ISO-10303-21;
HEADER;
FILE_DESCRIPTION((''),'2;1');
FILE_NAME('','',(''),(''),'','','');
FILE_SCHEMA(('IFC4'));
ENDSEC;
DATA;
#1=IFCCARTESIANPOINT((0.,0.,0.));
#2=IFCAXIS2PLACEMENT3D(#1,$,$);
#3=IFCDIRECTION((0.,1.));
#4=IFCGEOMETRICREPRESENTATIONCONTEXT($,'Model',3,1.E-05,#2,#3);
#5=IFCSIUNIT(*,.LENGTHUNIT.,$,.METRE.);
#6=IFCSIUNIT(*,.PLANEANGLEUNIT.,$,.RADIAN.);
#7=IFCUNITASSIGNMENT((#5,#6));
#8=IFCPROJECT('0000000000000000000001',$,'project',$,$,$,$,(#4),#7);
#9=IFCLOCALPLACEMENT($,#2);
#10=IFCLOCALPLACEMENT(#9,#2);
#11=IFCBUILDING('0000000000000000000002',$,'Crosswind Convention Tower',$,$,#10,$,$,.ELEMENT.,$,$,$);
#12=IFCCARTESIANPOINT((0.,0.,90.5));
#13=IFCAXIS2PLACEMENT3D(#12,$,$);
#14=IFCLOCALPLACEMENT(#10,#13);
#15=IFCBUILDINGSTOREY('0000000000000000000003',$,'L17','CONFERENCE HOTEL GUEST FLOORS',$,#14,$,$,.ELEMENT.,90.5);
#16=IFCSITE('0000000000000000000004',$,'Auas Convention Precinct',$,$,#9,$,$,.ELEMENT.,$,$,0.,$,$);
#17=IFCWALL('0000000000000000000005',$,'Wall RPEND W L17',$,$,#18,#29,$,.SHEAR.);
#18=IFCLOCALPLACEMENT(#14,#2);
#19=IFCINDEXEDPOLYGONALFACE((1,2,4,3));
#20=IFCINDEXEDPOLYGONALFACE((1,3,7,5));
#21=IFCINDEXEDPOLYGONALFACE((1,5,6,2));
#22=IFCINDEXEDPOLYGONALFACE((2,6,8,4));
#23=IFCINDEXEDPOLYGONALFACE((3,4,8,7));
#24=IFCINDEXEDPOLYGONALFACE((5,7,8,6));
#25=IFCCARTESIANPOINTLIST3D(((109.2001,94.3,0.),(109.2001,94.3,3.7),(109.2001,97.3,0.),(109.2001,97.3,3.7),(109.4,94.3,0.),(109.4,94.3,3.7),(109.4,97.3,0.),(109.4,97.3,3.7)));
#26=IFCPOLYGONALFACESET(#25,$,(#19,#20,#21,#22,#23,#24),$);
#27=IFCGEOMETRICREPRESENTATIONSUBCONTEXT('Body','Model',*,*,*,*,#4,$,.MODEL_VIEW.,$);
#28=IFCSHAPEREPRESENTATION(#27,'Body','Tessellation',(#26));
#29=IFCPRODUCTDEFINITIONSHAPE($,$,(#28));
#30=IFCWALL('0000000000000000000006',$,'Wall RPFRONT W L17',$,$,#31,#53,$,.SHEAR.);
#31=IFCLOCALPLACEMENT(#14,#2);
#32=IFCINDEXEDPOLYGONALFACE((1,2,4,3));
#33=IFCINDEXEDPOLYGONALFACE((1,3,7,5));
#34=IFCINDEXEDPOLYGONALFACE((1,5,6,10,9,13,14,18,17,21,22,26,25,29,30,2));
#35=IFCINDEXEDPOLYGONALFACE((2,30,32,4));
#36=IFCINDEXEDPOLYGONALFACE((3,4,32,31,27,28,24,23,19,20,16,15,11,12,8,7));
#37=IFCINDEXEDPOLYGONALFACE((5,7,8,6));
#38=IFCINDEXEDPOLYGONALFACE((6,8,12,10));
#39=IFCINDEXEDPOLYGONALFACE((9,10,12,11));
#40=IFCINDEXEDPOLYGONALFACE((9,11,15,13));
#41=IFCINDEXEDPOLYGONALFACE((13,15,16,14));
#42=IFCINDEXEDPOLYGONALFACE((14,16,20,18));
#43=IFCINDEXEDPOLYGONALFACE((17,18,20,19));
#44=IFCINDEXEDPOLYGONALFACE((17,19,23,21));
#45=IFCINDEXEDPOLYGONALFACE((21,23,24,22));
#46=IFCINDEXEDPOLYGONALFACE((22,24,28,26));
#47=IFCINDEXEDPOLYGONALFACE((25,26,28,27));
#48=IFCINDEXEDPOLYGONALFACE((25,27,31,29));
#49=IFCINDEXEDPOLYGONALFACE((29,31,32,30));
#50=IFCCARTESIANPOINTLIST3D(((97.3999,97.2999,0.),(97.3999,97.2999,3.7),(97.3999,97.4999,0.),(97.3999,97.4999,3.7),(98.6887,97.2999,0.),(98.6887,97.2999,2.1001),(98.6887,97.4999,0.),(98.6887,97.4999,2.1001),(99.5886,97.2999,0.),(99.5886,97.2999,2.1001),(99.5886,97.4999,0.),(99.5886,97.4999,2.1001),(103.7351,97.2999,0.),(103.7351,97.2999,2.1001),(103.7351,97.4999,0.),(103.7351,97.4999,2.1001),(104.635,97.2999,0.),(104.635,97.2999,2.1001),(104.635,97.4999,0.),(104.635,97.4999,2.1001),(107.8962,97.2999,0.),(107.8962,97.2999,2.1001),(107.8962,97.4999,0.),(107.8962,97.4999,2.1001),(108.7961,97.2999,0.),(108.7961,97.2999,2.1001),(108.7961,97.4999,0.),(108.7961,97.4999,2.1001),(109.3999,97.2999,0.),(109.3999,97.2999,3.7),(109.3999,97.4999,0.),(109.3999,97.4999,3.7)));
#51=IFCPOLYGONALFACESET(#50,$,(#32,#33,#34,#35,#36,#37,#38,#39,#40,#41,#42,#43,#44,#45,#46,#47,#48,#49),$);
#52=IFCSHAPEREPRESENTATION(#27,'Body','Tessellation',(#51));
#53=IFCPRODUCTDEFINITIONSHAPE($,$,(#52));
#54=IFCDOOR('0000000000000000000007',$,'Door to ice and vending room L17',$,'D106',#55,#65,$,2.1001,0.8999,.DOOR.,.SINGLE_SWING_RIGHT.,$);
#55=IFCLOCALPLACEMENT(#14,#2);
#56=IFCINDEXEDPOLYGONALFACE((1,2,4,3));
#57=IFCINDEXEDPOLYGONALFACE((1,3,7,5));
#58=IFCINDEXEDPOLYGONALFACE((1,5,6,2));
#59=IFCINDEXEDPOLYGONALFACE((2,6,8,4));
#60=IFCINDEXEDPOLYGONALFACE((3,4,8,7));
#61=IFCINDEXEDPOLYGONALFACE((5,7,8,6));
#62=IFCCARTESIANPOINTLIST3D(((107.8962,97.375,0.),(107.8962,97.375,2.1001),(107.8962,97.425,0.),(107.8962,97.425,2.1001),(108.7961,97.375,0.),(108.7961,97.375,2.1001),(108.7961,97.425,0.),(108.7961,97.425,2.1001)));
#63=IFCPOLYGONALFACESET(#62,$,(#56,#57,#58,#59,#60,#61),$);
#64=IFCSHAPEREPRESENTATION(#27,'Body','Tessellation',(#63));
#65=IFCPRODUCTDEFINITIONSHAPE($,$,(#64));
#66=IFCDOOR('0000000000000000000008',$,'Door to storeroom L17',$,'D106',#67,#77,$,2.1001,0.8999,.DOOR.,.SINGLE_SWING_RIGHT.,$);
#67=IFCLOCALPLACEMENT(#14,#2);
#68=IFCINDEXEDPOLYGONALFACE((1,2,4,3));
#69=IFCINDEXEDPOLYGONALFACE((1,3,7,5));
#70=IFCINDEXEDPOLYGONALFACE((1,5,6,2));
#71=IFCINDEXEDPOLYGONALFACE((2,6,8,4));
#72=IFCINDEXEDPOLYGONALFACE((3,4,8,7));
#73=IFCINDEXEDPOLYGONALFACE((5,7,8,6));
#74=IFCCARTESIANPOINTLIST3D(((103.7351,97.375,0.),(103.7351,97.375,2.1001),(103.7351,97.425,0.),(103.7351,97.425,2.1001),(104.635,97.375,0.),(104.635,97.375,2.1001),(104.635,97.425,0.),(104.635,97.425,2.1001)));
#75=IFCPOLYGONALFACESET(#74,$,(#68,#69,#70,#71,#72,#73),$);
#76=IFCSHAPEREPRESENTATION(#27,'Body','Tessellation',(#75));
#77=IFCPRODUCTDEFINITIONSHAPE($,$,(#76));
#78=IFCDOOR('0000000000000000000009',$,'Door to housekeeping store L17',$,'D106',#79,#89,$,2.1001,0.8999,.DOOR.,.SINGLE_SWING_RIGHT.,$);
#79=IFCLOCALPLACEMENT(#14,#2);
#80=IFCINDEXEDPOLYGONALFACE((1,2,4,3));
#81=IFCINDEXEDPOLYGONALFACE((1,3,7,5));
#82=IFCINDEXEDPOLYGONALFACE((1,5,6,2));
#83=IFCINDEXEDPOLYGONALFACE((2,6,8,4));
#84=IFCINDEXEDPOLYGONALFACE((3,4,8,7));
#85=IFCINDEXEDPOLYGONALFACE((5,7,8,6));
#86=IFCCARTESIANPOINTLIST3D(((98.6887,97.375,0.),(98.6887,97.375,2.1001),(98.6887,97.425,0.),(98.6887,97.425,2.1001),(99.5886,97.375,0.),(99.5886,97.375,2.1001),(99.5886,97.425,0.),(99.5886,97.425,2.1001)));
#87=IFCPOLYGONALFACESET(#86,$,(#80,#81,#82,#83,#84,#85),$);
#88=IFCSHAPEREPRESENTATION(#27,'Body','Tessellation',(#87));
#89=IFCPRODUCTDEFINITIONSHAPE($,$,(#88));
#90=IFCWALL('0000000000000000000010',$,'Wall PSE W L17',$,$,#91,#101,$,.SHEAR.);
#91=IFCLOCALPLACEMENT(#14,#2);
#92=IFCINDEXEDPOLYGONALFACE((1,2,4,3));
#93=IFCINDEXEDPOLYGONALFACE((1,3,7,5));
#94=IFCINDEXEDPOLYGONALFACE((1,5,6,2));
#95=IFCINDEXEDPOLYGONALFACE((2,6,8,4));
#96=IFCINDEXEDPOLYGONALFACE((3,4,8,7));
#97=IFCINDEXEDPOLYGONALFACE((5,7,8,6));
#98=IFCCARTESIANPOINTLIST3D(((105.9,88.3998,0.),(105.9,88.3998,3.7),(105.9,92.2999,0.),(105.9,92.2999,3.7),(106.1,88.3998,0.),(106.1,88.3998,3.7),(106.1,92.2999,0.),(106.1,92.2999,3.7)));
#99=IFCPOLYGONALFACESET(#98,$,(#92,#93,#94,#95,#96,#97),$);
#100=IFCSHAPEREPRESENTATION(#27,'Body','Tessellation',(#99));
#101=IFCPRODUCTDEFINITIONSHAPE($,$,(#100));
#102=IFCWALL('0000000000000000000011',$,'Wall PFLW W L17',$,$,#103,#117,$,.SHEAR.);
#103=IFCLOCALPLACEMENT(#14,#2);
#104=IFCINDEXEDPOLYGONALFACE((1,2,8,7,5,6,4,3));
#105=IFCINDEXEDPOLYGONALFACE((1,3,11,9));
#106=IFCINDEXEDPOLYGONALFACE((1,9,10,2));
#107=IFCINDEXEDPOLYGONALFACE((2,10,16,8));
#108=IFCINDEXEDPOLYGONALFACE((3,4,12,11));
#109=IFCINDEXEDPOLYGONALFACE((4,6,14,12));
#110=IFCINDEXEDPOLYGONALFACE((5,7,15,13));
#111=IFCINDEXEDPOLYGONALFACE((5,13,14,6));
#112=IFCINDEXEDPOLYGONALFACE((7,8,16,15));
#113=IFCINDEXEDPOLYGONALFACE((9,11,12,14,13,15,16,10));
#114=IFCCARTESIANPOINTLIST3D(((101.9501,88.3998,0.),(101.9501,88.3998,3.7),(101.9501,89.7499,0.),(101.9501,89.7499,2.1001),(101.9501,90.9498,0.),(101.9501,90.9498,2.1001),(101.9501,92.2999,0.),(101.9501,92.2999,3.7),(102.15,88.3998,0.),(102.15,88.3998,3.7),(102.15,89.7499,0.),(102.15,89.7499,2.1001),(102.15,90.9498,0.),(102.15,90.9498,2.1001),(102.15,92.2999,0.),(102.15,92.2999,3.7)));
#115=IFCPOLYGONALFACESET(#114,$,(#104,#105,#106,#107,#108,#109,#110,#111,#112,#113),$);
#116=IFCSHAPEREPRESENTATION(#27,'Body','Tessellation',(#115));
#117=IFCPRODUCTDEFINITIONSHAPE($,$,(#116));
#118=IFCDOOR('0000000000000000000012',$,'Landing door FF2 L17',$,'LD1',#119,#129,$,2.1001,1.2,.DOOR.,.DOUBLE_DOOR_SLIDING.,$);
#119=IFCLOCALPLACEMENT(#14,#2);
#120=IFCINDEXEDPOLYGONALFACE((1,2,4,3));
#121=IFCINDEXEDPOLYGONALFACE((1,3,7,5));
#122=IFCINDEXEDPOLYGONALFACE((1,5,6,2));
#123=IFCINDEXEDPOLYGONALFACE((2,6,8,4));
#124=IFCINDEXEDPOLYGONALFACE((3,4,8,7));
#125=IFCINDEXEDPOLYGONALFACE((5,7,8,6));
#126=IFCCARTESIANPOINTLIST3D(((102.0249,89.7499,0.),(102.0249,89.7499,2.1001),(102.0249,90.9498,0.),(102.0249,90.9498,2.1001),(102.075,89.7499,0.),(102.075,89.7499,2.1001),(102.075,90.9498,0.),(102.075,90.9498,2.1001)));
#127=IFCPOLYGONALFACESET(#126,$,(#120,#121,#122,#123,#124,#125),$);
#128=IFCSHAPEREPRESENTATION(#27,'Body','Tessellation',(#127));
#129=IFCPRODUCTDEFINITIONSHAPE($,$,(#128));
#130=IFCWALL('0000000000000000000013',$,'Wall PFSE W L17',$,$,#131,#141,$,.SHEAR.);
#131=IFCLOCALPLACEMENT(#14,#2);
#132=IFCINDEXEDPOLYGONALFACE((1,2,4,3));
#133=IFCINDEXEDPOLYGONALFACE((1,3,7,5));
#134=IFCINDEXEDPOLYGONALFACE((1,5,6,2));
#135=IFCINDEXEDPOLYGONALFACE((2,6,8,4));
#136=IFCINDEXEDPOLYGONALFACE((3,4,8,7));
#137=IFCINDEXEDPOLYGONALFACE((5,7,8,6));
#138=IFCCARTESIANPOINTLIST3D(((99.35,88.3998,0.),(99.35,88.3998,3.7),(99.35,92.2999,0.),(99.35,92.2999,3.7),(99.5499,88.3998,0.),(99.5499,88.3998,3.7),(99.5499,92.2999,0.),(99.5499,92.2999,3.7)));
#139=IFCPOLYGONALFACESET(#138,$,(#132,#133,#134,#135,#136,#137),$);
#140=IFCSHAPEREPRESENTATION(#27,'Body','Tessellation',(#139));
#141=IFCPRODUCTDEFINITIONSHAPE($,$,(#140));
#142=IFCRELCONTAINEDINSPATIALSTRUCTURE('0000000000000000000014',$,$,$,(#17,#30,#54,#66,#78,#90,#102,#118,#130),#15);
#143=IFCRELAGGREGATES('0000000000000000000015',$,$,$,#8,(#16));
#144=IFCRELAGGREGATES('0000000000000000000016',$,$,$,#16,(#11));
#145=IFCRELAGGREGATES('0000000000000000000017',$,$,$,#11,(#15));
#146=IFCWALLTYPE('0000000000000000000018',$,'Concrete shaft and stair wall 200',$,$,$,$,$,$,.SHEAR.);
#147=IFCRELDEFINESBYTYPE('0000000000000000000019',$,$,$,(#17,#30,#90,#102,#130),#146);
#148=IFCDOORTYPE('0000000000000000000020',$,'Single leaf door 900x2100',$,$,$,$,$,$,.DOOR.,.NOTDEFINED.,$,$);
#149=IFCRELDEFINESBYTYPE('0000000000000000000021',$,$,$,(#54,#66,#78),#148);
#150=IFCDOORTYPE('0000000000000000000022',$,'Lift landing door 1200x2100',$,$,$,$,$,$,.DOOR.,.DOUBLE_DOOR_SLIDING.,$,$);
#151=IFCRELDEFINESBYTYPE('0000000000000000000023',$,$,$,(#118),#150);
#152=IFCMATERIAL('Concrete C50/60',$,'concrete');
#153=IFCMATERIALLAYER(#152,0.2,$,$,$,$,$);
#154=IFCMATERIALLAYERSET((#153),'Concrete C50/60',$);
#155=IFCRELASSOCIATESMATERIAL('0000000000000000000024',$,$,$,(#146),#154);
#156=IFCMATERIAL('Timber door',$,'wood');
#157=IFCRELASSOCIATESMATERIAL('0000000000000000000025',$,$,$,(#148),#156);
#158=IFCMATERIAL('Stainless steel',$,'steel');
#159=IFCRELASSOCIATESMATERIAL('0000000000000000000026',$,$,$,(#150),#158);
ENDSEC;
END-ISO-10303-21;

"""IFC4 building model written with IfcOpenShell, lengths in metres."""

from ifc_helpers import new_model, si_unit, direction, frame, frame_2d, origin, place, context, subcontext, project, spatial, rectangle, extrude, material, layer, layer_set, type_object, element, fill, save


model = new_model("IFC4")

# Units and contexts
model_context = context("Model", 3, precision=1e-05, world=origin(), true_north=direction((0.0, 1.0)))
body_context = subcontext(model_context, "Body", "Model", "MODEL_VIEW")
ifc_project = project(units=[si_unit("LENGTHUNIT", "METRE"), si_unit("PLANEANGLEUNIT", "RADIAN")], contexts=[model_context])

# Site, building, storey
site_placement = place(None, origin())
site = spatial("IfcSite", under=ifc_project, at=site_placement, Name="Auas Convention Precinct", CompositionType="ELEMENT", RefElevation=0.0)
building_placement = place(site_placement, origin())
building = spatial("IfcBuilding", under=site, at=building_placement, Name="Crosswind Convention Tower", CompositionType="ELEMENT")
storey_placement = place(building_placement, frame((0.0, 0.0, 90.5)))
storey = spatial("IfcBuildingStorey", under=building, at=storey_placement, Name="L17", Description="CONFERENCE HOTEL GUEST FLOORS", CompositionType="ELEMENT", Elevation=90.5)

# Wall
ifc_material_1 = material(Name="Concrete C50/60", Category="concrete")
ifc_layer_1 = layer(ifc_material_1, 0.2)
ifc_layer_set_1 = layer_set([ifc_layer_1], Name="Concrete C50/60")
wall_type_1 = type_object("IfcWallType", Name="Concrete shaft and stair wall 200", PredefinedType="SHEAR", material=ifc_layer_set_1)
wall_1_placement = place(storey_placement, frame((109.3, 97.3, 0.0), z_axis=(0.0, 0.0, 1.0), x_axis=(0.0, -1.0, 0.0)))
element("IfcWall", 1, at=wall_1_placement, inside=storey, type_object=wall_type_1, Name="Wall RPEND W L17", PredefinedType="SHEAR", context=body_context, shape_type="SweptSolid", body=[
    extrude(rectangle(XDim=3.0, YDim=0.2, at=frame_2d((1.5, 0.0))), origin(), (0.0, 0.0, 1.0), 3.7),
])

# Wall, openings, doors
wall_2_placement = place(storey_placement, frame((109.3999, 97.3999, 0.0), z_axis=(0.0, 0.0, 1.0), x_axis=(-1.0, 0.0, 0.0)))
wall_2 = element("IfcWall", 2, at=wall_2_placement, inside=storey, type_object=wall_type_1, Name="Wall RPFRONT W L17", PredefinedType="SHEAR", context=body_context, shape_type="SweptSolid", body=[
    extrude(rectangle(XDim=12.0, YDim=0.2, at=frame_2d((6.0, 0.0))), origin(), (0.0, 0.0, 1.0), 3.7),
])
opening_1_placement = place(wall_2_placement, frame((0.6038, 0.0, 0.0)))
opening_1 = element("IfcOpeningElement", 3, at=opening_1_placement, cuts=wall_2, PredefinedType="OPENING", context=body_context, shape_type="SweptSolid", body=[
    extrude(rectangle(XDim=0.8999, YDim=2.1001, at=frame_2d((0.45, 1.05))), frame((0.0, 0.1099, 0.0), z_axis=(0.0, -1.0, 0.0), x_axis=(1.0, 0.0, 0.0)), (0.0, 0.0, 1.0), 0.22),
])
opening_2_placement = place(wall_2_placement, frame((4.7649, 0.0, 0.0)))
opening_2 = element("IfcOpeningElement", 4, at=opening_2_placement, cuts=wall_2, PredefinedType="OPENING", context=body_context, shape_type="SweptSolid", body=[
    extrude(rectangle(XDim=0.8999, YDim=2.1001, at=frame_2d((0.45, 1.05))), frame((0.0, 0.1099, 0.0), z_axis=(0.0, -1.0, 0.0), x_axis=(1.0, 0.0, 0.0)), (0.0, 0.0, 1.0), 0.22),
])
opening_3_placement = place(wall_2_placement, frame((9.8113, 0.0, 0.0)))
opening_3 = element("IfcOpeningElement", 5, at=opening_3_placement, cuts=wall_2, PredefinedType="OPENING", context=body_context, shape_type="SweptSolid", body=[
    extrude(rectangle(XDim=0.8999, YDim=2.1001, at=frame_2d((0.45, 1.05))), frame((0.0, 0.1099, 0.0), z_axis=(0.0, -1.0, 0.0), x_axis=(1.0, 0.0, 0.0)), (0.0, 0.0, 1.0), 0.22),
])
ifc_material_2 = material(Name="Timber door", Category="wood")
door_type_1 = type_object("IfcDoorType", Name="Single leaf door 900x2100", OperationType="NOTDEFINED", PredefinedType="DOOR", material=ifc_material_2)
door_1_placement = place(opening_1_placement, origin())
door_1 = element("IfcDoor", 6, at=door_1_placement, inside=storey, type_object=door_type_1, Name="Door to ice and vending room L17", ObjectType="D106", OperationType="SINGLE_SWING_RIGHT", OverallHeight=2.1001, OverallWidth=0.8999, PredefinedType="DOOR", context=body_context, shape_type="SweptSolid", body=[
    extrude(rectangle(XDim=0.8999, YDim=2.1001, at=frame_2d((0.45, 1.05))), frame((0.0, 0.0249, 0.0), z_axis=(0.0, -1.0, 0.0), x_axis=(1.0, 0.0, 0.0)), (0.0, 0.0, 1.0), 0.05),
])
fill(opening_1, door_1)
door_2_placement = place(opening_2_placement, origin())
door_2 = element("IfcDoor", 7, at=door_2_placement, inside=storey, type_object=door_type_1, Name="Door to storeroom L17", ObjectType="D106", OperationType="SINGLE_SWING_RIGHT", OverallHeight=2.1001, OverallWidth=0.8999, PredefinedType="DOOR", context=body_context, shape_type="SweptSolid", body=[
    extrude(rectangle(XDim=0.8999, YDim=2.1001, at=frame_2d((0.45, 1.05))), frame((0.0, 0.0249, 0.0), z_axis=(0.0, -1.0, 0.0), x_axis=(1.0, 0.0, 0.0)), (0.0, 0.0, 1.0), 0.05),
])
fill(opening_2, door_2)
door_3_placement = place(opening_3_placement, origin())
door_3 = element("IfcDoor", 8, at=door_3_placement, inside=storey, type_object=door_type_1, Name="Door to housekeeping store L17", ObjectType="D106", OperationType="SINGLE_SWING_RIGHT", OverallHeight=2.1001, OverallWidth=0.8999, PredefinedType="DOOR", context=body_context, shape_type="SweptSolid", body=[
    extrude(rectangle(XDim=0.8999, YDim=2.1001, at=frame_2d((0.45, 1.05))), frame((0.0, 0.0249, 0.0), z_axis=(0.0, -1.0, 0.0), x_axis=(1.0, 0.0, 0.0)), (0.0, 0.0, 1.0), 0.05),
])
fill(opening_3, door_3)

# Wall
wall_3_placement = place(storey_placement, frame((106.0, 92.3, 0.0), z_axis=(0.0, 0.0, 1.0), x_axis=(0.0, -1.0, 0.0)))
element("IfcWall", 9, at=wall_3_placement, inside=storey, type_object=wall_type_1, Name="Wall PSE W L17", PredefinedType="SHEAR", context=body_context, shape_type="SweptSolid", body=[
    extrude(rectangle(XDim=3.9001, YDim=0.2, at=frame_2d((1.9502, 0.0))), origin(), (0.0, 0.0, 1.0), 3.7),
])

# Wall, opening, door
wall_4_placement = place(storey_placement, frame((102.05, 92.3, 0.0), z_axis=(0.0, 0.0, 1.0), x_axis=(0.0, -1.0, 0.0)))
wall_4 = element("IfcWall", 10, at=wall_4_placement, inside=storey, type_object=wall_type_1, Name="Wall PFLW W L17", PredefinedType="SHEAR", context=body_context, shape_type="SweptSolid", body=[
    extrude(rectangle(XDim=3.9001, YDim=0.2, at=frame_2d((1.9502, 0.0))), origin(), (0.0, 0.0, 1.0), 3.7),
])
opening_4_placement = place(wall_4_placement, frame((1.3501, 0.0, 0.0)))
opening_4 = element("IfcOpeningElement", 11, at=opening_4_placement, cuts=wall_4, PredefinedType="OPENING", context=body_context, shape_type="SweptSolid", body=[
    extrude(rectangle(XDim=1.2, YDim=2.1001, at=frame_2d((0.6001, 1.05))), frame((0.0, 0.1099, 0.0), z_axis=(0.0, -1.0, 0.0), x_axis=(1.0, 0.0, 0.0)), (0.0, 0.0, 1.0), 0.22),
])
ifc_material_3 = material(Name="Stainless steel", Category="steel")
door_type_2 = type_object("IfcDoorType", Name="Lift landing door 1200x2100", OperationType="DOUBLE_DOOR_SLIDING", PredefinedType="DOOR", material=ifc_material_3)
door_4_placement = place(opening_4_placement, origin())
door_4 = element("IfcDoor", 12, at=door_4_placement, inside=storey, type_object=door_type_2, Name="Landing door FF2 L17", ObjectType="LD1", OperationType="DOUBLE_DOOR_SLIDING", OverallHeight=2.1001, OverallWidth=1.2, PredefinedType="DOOR", context=body_context, shape_type="SweptSolid", body=[
    extrude(rectangle(XDim=1.2, YDim=2.1001, at=frame_2d((0.6001, 1.05))), frame((0.0, 0.0249, 0.0), z_axis=(0.0, -1.0, 0.0), x_axis=(1.0, 0.0, 0.0)), (0.0, 0.0, 1.0), 0.05),
])
fill(opening_4, door_4)

# Wall
wall_5_placement = place(storey_placement, frame((99.45, 92.3, 0.0), z_axis=(0.0, 0.0, 1.0), x_axis=(0.0, -1.0, 0.0)))
element("IfcWall", 13, at=wall_5_placement, inside=storey, type_object=wall_type_1, Name="Wall PFSE W L17", PredefinedType="SHEAR", context=body_context, shape_type="SweptSolid", body=[
    extrude(rectangle(XDim=3.9001, YDim=0.2, at=frame_2d((1.9502, 0.0))), origin(), (0.0, 0.0, 1.0), 3.7),
])

save(model, "model.ifc")
